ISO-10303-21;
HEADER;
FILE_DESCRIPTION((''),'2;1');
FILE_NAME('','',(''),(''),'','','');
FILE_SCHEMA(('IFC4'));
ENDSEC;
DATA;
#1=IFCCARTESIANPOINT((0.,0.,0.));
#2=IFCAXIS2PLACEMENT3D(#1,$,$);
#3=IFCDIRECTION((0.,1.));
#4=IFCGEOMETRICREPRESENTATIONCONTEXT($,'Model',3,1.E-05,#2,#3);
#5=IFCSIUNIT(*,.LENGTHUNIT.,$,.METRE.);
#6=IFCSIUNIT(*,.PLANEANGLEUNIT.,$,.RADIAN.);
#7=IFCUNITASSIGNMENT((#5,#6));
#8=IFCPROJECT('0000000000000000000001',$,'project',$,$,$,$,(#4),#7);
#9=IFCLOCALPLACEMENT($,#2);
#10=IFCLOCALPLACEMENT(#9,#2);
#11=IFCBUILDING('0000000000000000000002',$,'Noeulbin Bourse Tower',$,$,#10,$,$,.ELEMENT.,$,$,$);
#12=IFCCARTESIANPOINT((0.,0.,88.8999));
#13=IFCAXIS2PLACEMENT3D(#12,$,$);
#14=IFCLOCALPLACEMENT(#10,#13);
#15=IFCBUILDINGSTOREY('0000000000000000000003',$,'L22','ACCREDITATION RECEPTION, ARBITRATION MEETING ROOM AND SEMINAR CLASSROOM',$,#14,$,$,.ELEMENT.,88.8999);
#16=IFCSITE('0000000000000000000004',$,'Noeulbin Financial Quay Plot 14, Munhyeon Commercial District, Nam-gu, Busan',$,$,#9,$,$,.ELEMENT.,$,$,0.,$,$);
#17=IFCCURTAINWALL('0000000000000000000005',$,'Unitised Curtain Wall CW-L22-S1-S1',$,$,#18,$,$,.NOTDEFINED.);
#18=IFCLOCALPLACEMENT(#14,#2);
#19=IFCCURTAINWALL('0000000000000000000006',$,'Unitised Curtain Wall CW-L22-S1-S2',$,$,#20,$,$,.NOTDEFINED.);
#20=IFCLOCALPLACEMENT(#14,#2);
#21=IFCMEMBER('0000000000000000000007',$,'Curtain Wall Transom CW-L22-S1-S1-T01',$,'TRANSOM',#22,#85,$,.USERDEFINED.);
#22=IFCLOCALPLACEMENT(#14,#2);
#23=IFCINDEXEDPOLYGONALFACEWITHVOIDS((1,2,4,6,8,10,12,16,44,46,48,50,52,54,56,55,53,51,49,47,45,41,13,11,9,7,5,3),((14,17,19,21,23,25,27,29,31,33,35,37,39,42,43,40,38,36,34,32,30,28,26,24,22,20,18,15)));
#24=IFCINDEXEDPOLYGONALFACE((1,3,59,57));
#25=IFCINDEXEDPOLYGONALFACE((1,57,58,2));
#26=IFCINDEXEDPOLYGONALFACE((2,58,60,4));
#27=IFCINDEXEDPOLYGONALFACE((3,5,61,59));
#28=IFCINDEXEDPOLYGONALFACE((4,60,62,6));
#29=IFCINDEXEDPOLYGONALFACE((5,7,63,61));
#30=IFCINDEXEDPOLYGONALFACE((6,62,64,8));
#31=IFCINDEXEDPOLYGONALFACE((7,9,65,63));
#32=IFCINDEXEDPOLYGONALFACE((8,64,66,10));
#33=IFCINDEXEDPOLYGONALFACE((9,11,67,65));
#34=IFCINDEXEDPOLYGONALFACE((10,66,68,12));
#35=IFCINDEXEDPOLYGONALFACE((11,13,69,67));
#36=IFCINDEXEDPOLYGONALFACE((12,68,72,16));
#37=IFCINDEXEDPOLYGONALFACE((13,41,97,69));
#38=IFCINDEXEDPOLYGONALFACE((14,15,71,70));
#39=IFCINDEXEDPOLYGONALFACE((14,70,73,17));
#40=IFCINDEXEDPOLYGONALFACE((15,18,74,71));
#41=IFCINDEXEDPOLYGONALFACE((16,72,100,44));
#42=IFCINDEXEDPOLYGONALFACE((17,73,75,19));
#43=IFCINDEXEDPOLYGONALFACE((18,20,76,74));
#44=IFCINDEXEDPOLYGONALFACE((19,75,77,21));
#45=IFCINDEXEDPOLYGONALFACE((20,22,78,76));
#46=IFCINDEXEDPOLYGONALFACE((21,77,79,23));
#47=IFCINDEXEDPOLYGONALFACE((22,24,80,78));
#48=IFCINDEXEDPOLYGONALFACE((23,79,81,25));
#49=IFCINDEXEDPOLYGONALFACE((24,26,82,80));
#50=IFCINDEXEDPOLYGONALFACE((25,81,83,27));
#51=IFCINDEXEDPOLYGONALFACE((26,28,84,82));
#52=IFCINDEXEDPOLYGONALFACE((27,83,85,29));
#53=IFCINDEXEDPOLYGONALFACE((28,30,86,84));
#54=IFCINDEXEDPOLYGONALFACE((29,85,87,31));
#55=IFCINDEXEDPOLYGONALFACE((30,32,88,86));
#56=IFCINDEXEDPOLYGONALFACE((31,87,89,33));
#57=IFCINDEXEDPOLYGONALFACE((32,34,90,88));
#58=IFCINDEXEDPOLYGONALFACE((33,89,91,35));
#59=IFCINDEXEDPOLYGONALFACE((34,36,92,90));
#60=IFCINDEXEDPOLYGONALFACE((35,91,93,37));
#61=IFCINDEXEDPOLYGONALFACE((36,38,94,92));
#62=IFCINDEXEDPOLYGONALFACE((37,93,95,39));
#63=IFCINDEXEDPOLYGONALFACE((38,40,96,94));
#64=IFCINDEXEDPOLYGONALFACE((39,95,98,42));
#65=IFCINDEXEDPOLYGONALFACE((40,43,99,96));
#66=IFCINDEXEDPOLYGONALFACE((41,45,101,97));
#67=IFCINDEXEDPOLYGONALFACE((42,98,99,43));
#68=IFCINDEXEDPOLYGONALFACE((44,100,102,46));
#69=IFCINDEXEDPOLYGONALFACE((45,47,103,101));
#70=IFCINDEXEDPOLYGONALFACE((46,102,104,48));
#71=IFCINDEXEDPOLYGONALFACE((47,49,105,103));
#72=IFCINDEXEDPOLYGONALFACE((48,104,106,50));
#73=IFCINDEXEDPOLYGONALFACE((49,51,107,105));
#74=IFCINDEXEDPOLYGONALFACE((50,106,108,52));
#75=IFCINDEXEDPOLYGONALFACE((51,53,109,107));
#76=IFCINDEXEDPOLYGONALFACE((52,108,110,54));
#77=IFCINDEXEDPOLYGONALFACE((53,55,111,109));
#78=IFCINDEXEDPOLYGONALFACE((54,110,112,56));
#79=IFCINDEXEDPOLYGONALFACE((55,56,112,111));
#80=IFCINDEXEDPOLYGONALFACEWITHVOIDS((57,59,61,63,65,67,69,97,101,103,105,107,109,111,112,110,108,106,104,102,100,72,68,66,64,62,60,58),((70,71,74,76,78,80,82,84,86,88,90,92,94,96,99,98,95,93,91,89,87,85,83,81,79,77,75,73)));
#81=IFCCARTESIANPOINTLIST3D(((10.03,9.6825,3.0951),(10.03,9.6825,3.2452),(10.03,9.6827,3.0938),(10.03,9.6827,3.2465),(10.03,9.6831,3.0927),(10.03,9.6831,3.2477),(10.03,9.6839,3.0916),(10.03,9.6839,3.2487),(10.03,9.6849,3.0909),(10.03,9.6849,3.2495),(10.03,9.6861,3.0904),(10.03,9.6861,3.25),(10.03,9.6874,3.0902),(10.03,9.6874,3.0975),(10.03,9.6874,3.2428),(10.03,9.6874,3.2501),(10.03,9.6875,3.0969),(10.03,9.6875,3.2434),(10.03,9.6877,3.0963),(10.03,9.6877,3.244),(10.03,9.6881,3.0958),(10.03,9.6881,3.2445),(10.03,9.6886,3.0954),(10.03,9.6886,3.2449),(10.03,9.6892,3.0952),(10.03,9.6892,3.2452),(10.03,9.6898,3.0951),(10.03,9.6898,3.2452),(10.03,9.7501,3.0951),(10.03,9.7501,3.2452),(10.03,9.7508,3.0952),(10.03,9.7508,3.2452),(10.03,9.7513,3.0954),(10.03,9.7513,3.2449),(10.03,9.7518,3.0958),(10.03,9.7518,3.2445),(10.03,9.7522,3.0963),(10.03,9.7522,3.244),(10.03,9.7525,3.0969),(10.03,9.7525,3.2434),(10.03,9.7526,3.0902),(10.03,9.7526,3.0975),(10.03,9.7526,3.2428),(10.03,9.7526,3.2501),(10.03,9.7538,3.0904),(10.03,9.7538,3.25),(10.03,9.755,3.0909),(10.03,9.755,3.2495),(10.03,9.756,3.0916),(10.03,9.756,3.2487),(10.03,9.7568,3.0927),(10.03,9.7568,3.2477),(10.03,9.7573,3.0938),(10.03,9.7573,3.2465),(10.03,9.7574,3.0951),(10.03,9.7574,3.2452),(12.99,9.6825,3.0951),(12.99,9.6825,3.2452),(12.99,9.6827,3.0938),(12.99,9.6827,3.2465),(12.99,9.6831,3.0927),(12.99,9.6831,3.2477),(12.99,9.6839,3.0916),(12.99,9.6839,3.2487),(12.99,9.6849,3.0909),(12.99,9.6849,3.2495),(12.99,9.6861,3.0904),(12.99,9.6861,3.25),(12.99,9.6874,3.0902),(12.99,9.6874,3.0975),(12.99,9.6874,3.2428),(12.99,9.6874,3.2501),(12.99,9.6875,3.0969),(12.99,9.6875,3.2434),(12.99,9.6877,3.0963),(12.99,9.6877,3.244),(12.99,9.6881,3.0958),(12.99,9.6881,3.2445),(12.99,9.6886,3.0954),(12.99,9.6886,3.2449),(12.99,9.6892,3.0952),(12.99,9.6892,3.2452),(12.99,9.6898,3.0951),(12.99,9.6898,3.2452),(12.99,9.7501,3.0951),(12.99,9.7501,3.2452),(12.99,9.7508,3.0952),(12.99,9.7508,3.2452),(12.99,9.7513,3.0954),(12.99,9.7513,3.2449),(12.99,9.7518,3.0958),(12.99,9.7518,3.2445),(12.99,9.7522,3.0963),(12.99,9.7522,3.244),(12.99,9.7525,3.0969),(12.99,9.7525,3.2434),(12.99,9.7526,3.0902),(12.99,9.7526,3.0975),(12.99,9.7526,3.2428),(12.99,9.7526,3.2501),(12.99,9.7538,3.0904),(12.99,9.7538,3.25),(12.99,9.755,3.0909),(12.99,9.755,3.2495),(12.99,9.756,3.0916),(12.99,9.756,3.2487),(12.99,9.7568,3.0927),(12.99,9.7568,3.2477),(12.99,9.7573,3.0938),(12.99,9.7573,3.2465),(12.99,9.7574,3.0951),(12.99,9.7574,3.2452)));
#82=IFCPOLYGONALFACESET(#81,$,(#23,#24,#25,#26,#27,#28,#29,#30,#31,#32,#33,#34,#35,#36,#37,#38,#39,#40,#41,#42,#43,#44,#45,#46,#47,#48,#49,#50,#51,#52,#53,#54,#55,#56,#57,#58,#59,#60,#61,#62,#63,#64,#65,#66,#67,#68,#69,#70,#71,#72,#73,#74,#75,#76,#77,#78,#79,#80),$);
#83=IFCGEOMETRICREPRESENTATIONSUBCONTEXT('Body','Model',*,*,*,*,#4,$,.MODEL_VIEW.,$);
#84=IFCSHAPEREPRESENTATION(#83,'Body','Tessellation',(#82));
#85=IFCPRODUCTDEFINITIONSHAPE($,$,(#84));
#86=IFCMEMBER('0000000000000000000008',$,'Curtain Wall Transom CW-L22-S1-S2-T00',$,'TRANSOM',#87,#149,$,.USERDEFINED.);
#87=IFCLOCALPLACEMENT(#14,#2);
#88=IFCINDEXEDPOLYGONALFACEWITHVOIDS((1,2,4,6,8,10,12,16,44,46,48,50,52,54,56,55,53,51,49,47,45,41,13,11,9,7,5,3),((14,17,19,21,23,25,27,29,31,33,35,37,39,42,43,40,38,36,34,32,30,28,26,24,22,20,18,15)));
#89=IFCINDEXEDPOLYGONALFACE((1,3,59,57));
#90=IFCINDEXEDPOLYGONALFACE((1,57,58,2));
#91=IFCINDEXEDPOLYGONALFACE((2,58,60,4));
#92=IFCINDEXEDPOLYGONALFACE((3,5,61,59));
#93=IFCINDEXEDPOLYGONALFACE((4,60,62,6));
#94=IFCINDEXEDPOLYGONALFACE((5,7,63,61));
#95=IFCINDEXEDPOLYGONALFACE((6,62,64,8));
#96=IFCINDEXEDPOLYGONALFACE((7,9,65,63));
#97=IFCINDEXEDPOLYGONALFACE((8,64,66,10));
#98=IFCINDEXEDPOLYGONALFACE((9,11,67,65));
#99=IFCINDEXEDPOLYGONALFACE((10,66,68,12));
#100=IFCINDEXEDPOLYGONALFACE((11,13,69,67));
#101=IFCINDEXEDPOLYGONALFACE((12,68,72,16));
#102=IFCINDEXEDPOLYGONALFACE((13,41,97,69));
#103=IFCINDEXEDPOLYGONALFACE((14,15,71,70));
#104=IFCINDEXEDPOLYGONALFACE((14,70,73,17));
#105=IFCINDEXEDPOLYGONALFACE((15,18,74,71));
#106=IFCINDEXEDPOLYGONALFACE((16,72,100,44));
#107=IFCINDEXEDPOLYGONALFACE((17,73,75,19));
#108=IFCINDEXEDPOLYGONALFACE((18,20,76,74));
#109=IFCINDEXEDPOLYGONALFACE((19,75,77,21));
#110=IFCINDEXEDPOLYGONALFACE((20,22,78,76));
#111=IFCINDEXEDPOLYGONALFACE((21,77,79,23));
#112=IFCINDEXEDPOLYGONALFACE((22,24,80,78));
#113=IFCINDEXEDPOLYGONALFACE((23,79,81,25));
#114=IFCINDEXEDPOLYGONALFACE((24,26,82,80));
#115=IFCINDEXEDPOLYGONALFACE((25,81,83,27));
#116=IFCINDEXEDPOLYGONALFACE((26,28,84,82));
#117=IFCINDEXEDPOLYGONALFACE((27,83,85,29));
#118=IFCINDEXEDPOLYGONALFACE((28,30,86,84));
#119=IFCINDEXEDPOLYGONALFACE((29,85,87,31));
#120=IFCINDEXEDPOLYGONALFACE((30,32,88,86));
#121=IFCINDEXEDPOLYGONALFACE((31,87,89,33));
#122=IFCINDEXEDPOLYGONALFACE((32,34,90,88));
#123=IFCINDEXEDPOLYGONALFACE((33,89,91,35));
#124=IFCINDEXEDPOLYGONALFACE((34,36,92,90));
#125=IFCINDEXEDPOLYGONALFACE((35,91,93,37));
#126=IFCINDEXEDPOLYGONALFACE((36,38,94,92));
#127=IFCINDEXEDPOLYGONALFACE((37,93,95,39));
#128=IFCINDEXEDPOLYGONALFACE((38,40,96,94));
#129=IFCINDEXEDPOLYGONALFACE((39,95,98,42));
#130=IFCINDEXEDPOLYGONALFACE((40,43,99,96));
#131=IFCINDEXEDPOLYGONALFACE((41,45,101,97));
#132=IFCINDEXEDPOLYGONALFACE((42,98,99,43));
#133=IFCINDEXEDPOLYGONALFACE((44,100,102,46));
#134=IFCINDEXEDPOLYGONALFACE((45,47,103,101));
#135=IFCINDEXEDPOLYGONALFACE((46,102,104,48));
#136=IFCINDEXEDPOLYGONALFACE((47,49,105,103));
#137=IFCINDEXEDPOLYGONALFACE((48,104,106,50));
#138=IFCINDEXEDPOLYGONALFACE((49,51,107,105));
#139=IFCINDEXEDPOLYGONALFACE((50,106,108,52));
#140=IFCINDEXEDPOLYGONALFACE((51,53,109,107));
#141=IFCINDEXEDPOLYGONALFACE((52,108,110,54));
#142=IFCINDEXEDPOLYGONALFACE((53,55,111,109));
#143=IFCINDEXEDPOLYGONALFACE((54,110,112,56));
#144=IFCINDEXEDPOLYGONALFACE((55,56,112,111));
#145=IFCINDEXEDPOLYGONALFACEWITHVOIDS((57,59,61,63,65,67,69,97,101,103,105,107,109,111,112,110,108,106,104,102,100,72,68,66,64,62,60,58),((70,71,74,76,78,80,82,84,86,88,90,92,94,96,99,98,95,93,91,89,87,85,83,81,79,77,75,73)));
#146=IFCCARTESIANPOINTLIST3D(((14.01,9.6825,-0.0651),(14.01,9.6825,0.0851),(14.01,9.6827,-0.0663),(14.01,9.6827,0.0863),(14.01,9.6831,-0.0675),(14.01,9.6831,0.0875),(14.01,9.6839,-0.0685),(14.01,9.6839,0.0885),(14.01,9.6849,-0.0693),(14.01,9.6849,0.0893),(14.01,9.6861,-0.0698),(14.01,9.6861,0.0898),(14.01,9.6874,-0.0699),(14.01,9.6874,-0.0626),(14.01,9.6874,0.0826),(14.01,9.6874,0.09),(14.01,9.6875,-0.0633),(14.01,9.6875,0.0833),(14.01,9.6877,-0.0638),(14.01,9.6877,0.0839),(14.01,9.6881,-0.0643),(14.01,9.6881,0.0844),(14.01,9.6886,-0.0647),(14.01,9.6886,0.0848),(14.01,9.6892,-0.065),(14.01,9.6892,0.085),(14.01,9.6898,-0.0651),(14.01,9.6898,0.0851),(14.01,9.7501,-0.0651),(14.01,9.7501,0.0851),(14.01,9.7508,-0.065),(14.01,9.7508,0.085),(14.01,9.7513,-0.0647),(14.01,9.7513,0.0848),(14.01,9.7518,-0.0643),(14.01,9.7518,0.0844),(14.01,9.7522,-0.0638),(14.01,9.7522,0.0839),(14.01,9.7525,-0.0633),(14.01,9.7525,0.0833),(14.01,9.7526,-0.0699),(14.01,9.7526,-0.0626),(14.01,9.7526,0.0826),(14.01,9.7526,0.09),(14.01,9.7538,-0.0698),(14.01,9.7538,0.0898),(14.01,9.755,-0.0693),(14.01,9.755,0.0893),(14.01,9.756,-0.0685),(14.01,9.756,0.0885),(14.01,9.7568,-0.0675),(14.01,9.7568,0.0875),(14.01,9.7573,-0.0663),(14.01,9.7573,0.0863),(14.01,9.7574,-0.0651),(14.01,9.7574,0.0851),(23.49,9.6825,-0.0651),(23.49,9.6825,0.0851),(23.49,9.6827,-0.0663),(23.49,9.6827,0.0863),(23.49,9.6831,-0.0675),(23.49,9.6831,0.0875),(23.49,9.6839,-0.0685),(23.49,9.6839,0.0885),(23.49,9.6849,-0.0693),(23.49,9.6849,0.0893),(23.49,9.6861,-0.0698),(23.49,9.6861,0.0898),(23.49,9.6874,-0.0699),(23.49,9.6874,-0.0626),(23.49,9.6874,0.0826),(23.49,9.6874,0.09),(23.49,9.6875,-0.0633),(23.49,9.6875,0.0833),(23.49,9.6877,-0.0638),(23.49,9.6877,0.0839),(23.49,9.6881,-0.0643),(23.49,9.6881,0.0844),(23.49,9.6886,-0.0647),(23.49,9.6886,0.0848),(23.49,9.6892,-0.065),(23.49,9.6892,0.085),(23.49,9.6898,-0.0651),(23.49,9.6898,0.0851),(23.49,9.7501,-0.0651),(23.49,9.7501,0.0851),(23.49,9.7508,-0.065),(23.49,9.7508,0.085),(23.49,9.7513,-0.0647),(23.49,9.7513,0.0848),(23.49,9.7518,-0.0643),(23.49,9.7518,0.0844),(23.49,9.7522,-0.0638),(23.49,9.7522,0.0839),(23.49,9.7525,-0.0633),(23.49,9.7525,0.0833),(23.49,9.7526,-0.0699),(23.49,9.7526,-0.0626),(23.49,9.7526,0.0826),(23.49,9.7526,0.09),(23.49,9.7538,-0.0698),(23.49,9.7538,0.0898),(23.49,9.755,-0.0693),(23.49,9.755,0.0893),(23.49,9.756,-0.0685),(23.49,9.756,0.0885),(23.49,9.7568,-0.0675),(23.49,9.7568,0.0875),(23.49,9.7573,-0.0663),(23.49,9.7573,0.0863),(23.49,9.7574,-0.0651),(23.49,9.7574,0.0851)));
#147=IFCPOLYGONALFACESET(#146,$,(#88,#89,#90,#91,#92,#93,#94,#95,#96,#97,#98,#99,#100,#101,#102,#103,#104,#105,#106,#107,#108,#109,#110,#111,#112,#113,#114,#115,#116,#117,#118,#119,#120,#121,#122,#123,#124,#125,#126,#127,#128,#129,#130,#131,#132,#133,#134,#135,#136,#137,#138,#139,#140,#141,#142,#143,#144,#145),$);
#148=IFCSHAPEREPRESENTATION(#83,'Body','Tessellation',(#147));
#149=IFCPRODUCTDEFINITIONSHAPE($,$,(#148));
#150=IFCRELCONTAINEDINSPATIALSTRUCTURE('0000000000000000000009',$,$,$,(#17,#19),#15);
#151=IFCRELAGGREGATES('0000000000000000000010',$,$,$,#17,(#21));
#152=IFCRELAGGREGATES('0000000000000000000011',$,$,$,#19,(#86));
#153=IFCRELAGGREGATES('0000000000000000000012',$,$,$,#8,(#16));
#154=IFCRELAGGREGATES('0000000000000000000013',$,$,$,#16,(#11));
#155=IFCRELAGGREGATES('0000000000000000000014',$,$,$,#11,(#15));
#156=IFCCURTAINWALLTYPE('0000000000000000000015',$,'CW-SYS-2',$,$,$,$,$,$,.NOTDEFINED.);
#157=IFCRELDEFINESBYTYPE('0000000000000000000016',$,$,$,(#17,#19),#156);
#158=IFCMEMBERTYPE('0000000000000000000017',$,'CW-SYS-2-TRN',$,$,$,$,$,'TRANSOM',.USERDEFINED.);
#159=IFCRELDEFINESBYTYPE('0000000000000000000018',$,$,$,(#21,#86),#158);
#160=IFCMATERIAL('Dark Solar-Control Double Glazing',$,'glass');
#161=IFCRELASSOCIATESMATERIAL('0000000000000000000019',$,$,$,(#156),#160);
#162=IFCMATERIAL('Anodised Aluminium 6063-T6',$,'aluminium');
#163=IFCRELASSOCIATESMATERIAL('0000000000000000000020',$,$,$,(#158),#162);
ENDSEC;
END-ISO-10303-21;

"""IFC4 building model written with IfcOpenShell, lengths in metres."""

from ifc_helpers import new_model, si_unit, direction, frame, origin, origin_2d, place, context, subcontext, project, spatial, hollow_rectangle, extrude, material, material_profile, profile_set, type_object, element, aggregate, save


model = new_model("IFC4")

# Units and contexts
model_context = context("Model", 3, precision=1e-05, world=origin(), true_north=direction((0.0, 1.0)))
body_context = subcontext(model_context, "Body", "Model", "MODEL_VIEW")
ifc_project = project(units=[si_unit("LENGTHUNIT", "METRE"), si_unit("PLANEANGLEUNIT", "RADIAN")], contexts=[model_context])

# Site, building, storey
site_placement = place(None, origin())
site = spatial("IfcSite", under=ifc_project, at=site_placement, Name="Noeulbin Financial Quay Plot 14, Munhyeon Commercial District, Nam-gu, Busan", CompositionType="ELEMENT", RefElevation=0.0)
building_placement = place(site_placement, origin())
building = spatial("IfcBuilding", under=site, at=building_placement, Name="Noeulbin Bourse Tower", CompositionType="ELEMENT")
storey_placement = place(building_placement, frame((0.0, 0.0, 88.8999)))
storey = spatial("IfcBuildingStorey", under=building, at=storey_placement, Name="L22", Description="ACCREDITATION RECEPTION, ARBITRATION MEETING ROOM AND SEMINAR CLASSROOM", CompositionType="ELEMENT", Elevation=88.8999)

# Curtain wall
ifc_material_1 = material(Name="Dark Solar-Control Double Glazing", Category="glass")
curtain_wall_type = type_object("IfcCurtainWallType", Name="CW-SYS-2", PredefinedType="NOTDEFINED", material=ifc_material_1)
curtain_wall_1_placement = place(storey_placement, origin())
curtain_wall_1 = element("IfcCurtainWall", 1, at=curtain_wall_1_placement, inside=storey, type_object=curtain_wall_type, Name="Unitised Curtain Wall CW-L22-S1-S1", PredefinedType="NOTDEFINED")
ifc_material_2 = material(Name="Anodised Aluminium 6063-T6", Category="aluminium")

# Curtain wall
curtain_wall_2_placement = place(storey_placement, origin())
curtain_wall_2 = element("IfcCurtainWall", 2, at=curtain_wall_2_placement, inside=storey, type_object=curtain_wall_type, Name="Unitised Curtain Wall CW-L22-S1-S2", PredefinedType="NOTDEFINED")

# Members
ifc_material_profile_1 = material_profile(ifc_material_2, hollow_rectangle(XDim=0.075, YDim=0.1599, WallThickness=0.0049, InnerFilletRadius=0.0024, OuterFilletRadius=0.0049, at=origin_2d()), Name="ALU-TRAN-75x160x5", Category="LoadBearing")
ifc_profile_set_1 = profile_set([ifc_material_profile_1], Name="Anodised Aluminium 6063-T6")
member_type_1 = type_object("IfcMemberType", Name="CW-SYS-2-TRN", ElementType="TRANSOM", PredefinedType="USERDEFINED", material=ifc_profile_set_1)
member_1_placement = place(storey_placement, frame((10.03, 9.72, 3.1702), z_axis=(1.0, 0.0, 0.0), x_axis=(0.0, 1.0, 0.0)))
member_1 = element("IfcMember", 3, at=member_1_placement, type_object=member_type_1, Name="Curtain Wall Transom CW-L22-S1-S1-T01", ObjectType="TRANSOM", PredefinedType="USERDEFINED", context=body_context, shape_type="SweptSolid", body=[
    extrude(hollow_rectangle(XDim=0.075, YDim=0.1599, WallThickness=0.0049, InnerFilletRadius=0.0024, OuterFilletRadius=0.0049, at=origin_2d()), origin(), (0.0, 0.0, 1.0), 2.96),
])
member_2_placement = place(storey_placement, frame((14.01, 9.72, 0.01), z_axis=(1.0, 0.0, 0.0), x_axis=(0.0, 1.0, 0.0)))
member_2 = element("IfcMember", 4, at=member_2_placement, type_object=member_type_1, Name="Curtain Wall Transom CW-L22-S1-S2-T00", ObjectType="TRANSOM", PredefinedType="USERDEFINED", context=body_context, shape_type="SweptSolid", body=[
    extrude(hollow_rectangle(XDim=0.075, YDim=0.1599, WallThickness=0.0049, InnerFilletRadius=0.0024, OuterFilletRadius=0.0049, at=origin_2d()), origin(), (0.0, 0.0, 1.0), 9.48),
])

aggregate(curtain_wall_1, [member_1])
aggregate(curtain_wall_2, [member_2])

save(model, "model.ifc")
